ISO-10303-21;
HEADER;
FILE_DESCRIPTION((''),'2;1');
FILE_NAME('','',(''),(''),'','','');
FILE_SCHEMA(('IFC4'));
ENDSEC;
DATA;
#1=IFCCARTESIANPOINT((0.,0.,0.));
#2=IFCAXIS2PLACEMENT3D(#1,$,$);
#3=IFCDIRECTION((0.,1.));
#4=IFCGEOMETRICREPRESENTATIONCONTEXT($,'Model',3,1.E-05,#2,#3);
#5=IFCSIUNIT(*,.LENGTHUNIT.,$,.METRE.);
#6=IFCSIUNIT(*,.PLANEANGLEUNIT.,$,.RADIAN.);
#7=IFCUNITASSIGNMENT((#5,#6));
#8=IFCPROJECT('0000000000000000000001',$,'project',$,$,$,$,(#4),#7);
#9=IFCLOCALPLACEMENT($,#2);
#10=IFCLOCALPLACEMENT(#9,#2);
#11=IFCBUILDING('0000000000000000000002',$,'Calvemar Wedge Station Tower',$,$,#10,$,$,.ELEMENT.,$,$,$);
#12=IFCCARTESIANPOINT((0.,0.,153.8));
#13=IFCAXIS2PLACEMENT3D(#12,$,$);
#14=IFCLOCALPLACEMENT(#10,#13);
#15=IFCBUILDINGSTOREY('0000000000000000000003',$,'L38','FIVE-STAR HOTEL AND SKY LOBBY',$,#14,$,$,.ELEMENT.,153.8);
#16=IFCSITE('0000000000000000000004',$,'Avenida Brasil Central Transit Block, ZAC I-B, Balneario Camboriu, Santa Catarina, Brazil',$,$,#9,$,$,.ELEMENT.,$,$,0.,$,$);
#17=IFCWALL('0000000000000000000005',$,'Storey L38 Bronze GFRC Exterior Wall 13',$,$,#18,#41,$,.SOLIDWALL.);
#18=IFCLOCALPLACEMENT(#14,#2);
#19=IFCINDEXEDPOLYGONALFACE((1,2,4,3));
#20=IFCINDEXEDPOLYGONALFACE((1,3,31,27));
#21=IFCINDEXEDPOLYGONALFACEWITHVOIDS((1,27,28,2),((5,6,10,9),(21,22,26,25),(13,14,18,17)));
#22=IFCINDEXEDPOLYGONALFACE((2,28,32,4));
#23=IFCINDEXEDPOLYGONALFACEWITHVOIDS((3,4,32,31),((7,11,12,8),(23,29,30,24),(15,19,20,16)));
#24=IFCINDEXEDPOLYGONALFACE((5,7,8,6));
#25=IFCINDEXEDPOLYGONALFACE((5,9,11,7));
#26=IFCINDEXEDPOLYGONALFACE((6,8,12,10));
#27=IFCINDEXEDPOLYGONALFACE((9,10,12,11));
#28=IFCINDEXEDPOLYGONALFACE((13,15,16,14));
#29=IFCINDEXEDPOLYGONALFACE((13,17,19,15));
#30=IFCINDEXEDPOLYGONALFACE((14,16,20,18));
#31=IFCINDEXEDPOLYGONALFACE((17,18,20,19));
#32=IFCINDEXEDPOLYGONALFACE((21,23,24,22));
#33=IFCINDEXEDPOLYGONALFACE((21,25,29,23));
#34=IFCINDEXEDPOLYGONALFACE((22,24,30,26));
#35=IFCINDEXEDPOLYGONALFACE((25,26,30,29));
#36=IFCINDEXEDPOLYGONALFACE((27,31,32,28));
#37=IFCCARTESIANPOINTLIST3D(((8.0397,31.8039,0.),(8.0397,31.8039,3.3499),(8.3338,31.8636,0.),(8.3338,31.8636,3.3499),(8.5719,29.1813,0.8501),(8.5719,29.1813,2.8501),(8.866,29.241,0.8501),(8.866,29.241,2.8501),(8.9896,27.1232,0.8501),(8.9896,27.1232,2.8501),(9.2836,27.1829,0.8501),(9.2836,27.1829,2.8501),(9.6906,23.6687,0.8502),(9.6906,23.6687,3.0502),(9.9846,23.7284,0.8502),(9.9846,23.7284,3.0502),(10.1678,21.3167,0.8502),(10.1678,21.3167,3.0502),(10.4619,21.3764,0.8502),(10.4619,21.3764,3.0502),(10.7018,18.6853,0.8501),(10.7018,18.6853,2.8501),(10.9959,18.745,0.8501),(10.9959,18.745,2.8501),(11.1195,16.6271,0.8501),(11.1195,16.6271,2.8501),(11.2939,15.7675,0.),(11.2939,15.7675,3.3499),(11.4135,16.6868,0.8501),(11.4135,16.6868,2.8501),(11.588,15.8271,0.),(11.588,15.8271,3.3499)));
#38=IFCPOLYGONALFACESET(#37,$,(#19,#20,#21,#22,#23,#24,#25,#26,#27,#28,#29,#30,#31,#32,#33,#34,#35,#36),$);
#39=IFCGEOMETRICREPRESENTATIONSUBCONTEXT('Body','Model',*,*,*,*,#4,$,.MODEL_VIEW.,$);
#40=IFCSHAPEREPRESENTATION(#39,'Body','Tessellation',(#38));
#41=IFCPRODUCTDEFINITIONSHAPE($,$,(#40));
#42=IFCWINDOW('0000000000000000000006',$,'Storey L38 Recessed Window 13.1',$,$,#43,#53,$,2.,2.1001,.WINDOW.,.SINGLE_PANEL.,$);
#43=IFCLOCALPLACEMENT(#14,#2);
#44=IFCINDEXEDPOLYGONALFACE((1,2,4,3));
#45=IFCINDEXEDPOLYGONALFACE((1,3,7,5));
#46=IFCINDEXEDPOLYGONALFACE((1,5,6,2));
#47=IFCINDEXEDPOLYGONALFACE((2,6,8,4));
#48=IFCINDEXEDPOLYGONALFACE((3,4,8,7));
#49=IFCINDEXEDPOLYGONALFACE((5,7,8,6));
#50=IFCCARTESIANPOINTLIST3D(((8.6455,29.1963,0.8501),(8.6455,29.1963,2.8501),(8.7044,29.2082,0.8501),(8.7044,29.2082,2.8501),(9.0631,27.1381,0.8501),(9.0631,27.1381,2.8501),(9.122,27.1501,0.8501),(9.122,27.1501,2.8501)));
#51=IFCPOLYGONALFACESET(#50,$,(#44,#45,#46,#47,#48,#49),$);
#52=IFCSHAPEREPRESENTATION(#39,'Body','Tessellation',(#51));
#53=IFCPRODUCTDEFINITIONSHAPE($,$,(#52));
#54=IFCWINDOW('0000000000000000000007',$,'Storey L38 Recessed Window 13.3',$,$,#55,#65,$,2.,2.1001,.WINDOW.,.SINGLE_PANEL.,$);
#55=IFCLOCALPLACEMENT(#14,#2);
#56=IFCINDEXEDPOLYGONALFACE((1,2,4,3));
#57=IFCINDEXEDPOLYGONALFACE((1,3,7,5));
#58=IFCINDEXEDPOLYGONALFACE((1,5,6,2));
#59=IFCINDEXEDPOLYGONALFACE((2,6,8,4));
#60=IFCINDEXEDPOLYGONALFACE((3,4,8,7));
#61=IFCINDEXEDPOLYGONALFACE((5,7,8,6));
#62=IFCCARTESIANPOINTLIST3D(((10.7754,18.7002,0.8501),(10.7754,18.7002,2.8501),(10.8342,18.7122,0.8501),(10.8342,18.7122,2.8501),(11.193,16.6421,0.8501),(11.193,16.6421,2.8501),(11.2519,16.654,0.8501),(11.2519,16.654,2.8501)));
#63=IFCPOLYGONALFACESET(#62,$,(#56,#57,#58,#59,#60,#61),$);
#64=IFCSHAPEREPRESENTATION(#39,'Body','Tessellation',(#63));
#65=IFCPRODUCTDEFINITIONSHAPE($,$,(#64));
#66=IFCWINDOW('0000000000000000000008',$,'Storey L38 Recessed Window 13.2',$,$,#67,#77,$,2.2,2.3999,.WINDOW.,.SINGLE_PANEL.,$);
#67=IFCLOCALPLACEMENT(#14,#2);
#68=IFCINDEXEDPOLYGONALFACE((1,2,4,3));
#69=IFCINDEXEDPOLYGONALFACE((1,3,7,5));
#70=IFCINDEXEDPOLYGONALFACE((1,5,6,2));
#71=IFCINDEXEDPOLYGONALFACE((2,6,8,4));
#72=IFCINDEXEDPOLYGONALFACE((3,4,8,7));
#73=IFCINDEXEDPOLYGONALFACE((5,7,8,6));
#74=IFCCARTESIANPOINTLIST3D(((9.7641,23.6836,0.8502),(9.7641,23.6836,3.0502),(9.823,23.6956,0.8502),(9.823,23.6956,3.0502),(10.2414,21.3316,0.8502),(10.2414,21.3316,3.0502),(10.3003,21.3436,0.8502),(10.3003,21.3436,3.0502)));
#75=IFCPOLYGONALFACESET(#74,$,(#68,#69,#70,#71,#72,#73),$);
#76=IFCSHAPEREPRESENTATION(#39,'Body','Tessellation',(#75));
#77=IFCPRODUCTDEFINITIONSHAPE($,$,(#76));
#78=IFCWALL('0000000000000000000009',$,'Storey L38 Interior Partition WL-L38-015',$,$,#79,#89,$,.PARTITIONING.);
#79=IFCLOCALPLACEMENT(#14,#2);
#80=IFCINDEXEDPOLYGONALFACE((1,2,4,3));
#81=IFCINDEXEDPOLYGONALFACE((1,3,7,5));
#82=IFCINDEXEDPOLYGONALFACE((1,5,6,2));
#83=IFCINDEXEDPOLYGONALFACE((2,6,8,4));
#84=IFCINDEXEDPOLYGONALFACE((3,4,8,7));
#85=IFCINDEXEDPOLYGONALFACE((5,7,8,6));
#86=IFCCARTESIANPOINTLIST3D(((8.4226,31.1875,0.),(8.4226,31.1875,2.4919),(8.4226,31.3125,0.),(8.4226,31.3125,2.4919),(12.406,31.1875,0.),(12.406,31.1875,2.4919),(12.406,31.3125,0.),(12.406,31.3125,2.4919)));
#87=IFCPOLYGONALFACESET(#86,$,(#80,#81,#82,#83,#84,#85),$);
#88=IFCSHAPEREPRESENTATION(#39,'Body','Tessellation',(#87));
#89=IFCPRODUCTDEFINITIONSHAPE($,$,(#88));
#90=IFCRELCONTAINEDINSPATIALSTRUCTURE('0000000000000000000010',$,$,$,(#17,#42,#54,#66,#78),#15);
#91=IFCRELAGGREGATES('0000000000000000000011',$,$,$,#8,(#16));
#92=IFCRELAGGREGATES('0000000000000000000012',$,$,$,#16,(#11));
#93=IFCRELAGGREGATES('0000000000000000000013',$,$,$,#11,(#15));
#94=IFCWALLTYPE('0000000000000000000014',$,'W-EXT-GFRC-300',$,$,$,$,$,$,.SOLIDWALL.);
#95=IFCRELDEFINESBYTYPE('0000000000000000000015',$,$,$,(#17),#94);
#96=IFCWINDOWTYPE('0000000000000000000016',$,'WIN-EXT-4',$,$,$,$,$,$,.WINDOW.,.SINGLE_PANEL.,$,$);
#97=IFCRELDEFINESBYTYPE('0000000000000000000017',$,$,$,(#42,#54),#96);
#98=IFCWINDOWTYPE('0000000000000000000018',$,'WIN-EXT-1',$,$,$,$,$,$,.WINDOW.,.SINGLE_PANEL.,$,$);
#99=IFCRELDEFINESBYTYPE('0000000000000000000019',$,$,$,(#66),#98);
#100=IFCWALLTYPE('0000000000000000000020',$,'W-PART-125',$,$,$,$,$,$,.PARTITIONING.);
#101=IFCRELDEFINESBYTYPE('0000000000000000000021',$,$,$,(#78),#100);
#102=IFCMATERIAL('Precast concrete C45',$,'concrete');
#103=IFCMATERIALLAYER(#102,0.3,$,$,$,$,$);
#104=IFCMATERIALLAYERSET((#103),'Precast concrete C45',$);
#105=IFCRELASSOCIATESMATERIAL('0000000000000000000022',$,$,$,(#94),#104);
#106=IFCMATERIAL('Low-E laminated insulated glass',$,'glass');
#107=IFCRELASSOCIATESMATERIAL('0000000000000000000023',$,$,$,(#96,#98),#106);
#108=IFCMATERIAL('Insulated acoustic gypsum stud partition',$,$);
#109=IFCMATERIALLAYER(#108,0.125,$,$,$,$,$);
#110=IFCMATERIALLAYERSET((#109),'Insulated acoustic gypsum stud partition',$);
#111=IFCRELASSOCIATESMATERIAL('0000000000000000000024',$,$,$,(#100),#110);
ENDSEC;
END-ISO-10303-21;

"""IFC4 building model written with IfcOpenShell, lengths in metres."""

from ifc_helpers import new_model, si_unit, direction, frame, frame_2d, origin, place, context, subcontext, project, spatial, rectangle, extrude, source, transform, mapped, material, layer, layer_set, type_object, element, fill, save


model = new_model("IFC4")

# Units and contexts
model_context = context("Model", 3, precision=1e-05, world=origin(), true_north=direction((0.0, 1.0)))
body_context = subcontext(model_context, "Body", "Model", "MODEL_VIEW")
ifc_project = project(units=[si_unit("LENGTHUNIT", "METRE"), si_unit("PLANEANGLEUNIT", "RADIAN")], contexts=[model_context])

# Site, building, storey
site_placement = place(None, origin())
site = spatial("IfcSite", under=ifc_project, at=site_placement, Name="Avenida Brasil Central Transit Block, ZAC I-B, Balneario Camboriu, Santa Catarina, Brazil", CompositionType="ELEMENT", RefElevation=0.0)
building_placement = place(site_placement, origin())
building = spatial("IfcBuilding", under=site, at=building_placement, Name="Calvemar Wedge Station Tower", CompositionType="ELEMENT")
storey_placement = place(building_placement, frame((0.0, 0.0, 153.8)))
storey = spatial("IfcBuildingStorey", under=building, at=storey_placement, Name="L38", Description="FIVE-STAR HOTEL AND SKY LOBBY", CompositionType="ELEMENT", Elevation=153.8)

# Wall, openings, windows
ifc_material_1 = material(Name="Precast concrete C45", Category="concrete")
ifc_layer_1 = layer(ifc_material_1, 0.3)
ifc_layer_set_1 = layer_set([ifc_layer_1], Name="Precast concrete C45")
wall_type_1 = type_object("IfcWallType", Name="W-EXT-GFRC-300", PredefinedType="SOLIDWALL", material=ifc_layer_set_1)
wall_1_placement = place(storey_placement, frame((8.1868, 31.8337, 0.0), z_axis=(0.0, 0.0, 1.0), x_axis=(0.19887, -0.980026, 0.0)))
wall_1 = element("IfcWall", 1, at=wall_1_placement, inside=storey, type_object=wall_type_1, Name="Storey L38 Bronze GFRC Exterior Wall 13", PredefinedType="SOLIDWALL", context=body_context, shape_type="SweptSolid", body=[
    extrude(rectangle(XDim=16.3633, YDim=0.3, at=frame_2d((8.1816, 0.0))), origin(), (0.0, 0.0, 1.0), 3.3499),
])
shared_shape_1 = source(origin(), body_context, "Body", "SweptSolid", [
    extrude(rectangle(XDim=2.1001, YDim=2.0, at=frame_2d((1.05, 1.0))), frame((0.0, 0.1602, 0.0), z_axis=(0.0, -1.0, 0.0), x_axis=(1.0, 0.0, 0.0)), (0.0, 0.0, 1.0), 0.3201),
])
opening_1_placement = place(wall_1_placement, frame((2.676, 0.0, 0.8501)))
opening_1 = element("IfcOpeningElement", 2, at=opening_1_placement, cuts=wall_1, PredefinedType="OPENING", context=body_context, shape_type="MappedRepresentation", body=[
    mapped(shared_shape_1, transform((0.0, 0.0, 0.0), scale=1.0)),
])
shared_shape_2 = source(origin(), body_context, "Body", "SweptSolid", [
    extrude(rectangle(XDim=2.3999, YDim=2.2, at=frame_2d((1.2, 1.1001))), frame((0.0, 0.1602, 0.0), z_axis=(0.0, -1.0, 0.0), x_axis=(1.0, 0.0, 0.0)), (0.0, 0.0, 1.0), 0.3201),
])
opening_2_placement = place(wall_1_placement, frame((8.301, 0.0, 0.8501)))
opening_2 = element("IfcOpeningElement", 3, at=opening_2_placement, cuts=wall_1, PredefinedType="OPENING", context=body_context, shape_type="MappedRepresentation", body=[
    mapped(shared_shape_2, transform((0.0, 0.0, 0.0), scale=1.0)),
])
opening_3_placement = place(wall_1_placement, frame((13.386, 0.0, 0.8501)))
opening_3 = element("IfcOpeningElement", 4, at=opening_3_placement, cuts=wall_1, PredefinedType="OPENING", context=body_context, shape_type="MappedRepresentation", body=[
    mapped(shared_shape_1, transform((0.0, 0.0, 0.0), scale=1.0)),
])
ifc_material_2 = material(Name="Low-E laminated insulated glass", Category="glass")
window_type_1 = type_object("IfcWindowType", Name="WIN-EXT-4", PartitioningType="SINGLE_PANEL", PredefinedType="WINDOW", material=ifc_material_2)
shared_shape_3 = source(origin(), body_context, "Body", "SweptSolid", [
    extrude(rectangle(XDim=2.1001, YDim=2.0, at=frame_2d((1.05, 1.0))), frame((0.0, -0.0149, 0.0), z_axis=(0.0, -1.0, 0.0), x_axis=(1.0, 0.0, 0.0)), (0.0, 0.0, 1.0), 0.0601),
])
window_1_placement = place(opening_1_placement, origin())
window_1 = element("IfcWindow", 5, at=window_1_placement, inside=storey, type_object=window_type_1, Name="Storey L38 Recessed Window 13.1", OverallHeight=2.0, OverallWidth=2.1001, PartitioningType="SINGLE_PANEL", PredefinedType="WINDOW", context=body_context, shape_type="MappedRepresentation", body=[
    mapped(shared_shape_3, transform((0.0, 0.0, 0.0), scale=1.0)),
])
fill(opening_1, window_1)
window_2_placement = place(opening_3_placement, origin())
window_2 = element("IfcWindow", 6, at=window_2_placement, inside=storey, type_object=window_type_1, Name="Storey L38 Recessed Window 13.3", OverallHeight=2.0, OverallWidth=2.1001, PartitioningType="SINGLE_PANEL", PredefinedType="WINDOW", context=body_context, shape_type="MappedRepresentation", body=[
    mapped(shared_shape_3, transform((0.0, 0.0, 0.0), scale=1.0)),
])
fill(opening_3, window_2)
window_type_2 = type_object("IfcWindowType", Name="WIN-EXT-1", PartitioningType="SINGLE_PANEL", PredefinedType="WINDOW", material=ifc_material_2)
shared_shape_4 = source(origin(), body_context, "Body", "SweptSolid", [
    extrude(rectangle(XDim=2.3999, YDim=2.2, at=frame_2d((1.2, 1.1001))), frame((0.0, -0.0149, 0.0), z_axis=(0.0, -1.0, 0.0), x_axis=(1.0, 0.0, 0.0)), (0.0, 0.0, 1.0), 0.0601),
])
window_3_placement = place(opening_2_placement, origin())
window_3 = element("IfcWindow", 7, at=window_3_placement, inside=storey, type_object=window_type_2, Name="Storey L38 Recessed Window 13.2", OverallHeight=2.2, OverallWidth=2.3999, PartitioningType="SINGLE_PANEL", PredefinedType="WINDOW", context=body_context, shape_type="MappedRepresentation", body=[
    mapped(shared_shape_4, transform((0.0, 0.0, 0.0), scale=1.0)),
])
fill(opening_2, window_3)

# Wall
ifc_material_3 = material(Name="Insulated acoustic gypsum stud partition")
ifc_layer_2 = layer(ifc_material_3, 0.125)
ifc_layer_set_2 = layer_set([ifc_layer_2], Name="Insulated acoustic gypsum stud partition")
wall_type_2 = type_object("IfcWallType", Name="W-PART-125", PredefinedType="PARTITIONING", material=ifc_layer_set_2)
wall_2_placement = place(storey_placement, frame((12.406, 31.25, 0.0), z_axis=(0.0, 0.0, 1.0), x_axis=(-1.0, 0.0, 0.0)))
element("IfcWall", 8, at=wall_2_placement, inside=storey, type_object=wall_type_2, Name="Storey L38 Interior Partition WL-L38-015", PredefinedType="PARTITIONING", context=body_context, shape_type="SweptSolid", body=[
    extrude(rectangle(XDim=3.9834, YDim=0.125, at=frame_2d((1.9917, 0.0))), origin(), (0.0, 0.0, 1.0), 2.4919),
])

save(model, "model.ifc")
